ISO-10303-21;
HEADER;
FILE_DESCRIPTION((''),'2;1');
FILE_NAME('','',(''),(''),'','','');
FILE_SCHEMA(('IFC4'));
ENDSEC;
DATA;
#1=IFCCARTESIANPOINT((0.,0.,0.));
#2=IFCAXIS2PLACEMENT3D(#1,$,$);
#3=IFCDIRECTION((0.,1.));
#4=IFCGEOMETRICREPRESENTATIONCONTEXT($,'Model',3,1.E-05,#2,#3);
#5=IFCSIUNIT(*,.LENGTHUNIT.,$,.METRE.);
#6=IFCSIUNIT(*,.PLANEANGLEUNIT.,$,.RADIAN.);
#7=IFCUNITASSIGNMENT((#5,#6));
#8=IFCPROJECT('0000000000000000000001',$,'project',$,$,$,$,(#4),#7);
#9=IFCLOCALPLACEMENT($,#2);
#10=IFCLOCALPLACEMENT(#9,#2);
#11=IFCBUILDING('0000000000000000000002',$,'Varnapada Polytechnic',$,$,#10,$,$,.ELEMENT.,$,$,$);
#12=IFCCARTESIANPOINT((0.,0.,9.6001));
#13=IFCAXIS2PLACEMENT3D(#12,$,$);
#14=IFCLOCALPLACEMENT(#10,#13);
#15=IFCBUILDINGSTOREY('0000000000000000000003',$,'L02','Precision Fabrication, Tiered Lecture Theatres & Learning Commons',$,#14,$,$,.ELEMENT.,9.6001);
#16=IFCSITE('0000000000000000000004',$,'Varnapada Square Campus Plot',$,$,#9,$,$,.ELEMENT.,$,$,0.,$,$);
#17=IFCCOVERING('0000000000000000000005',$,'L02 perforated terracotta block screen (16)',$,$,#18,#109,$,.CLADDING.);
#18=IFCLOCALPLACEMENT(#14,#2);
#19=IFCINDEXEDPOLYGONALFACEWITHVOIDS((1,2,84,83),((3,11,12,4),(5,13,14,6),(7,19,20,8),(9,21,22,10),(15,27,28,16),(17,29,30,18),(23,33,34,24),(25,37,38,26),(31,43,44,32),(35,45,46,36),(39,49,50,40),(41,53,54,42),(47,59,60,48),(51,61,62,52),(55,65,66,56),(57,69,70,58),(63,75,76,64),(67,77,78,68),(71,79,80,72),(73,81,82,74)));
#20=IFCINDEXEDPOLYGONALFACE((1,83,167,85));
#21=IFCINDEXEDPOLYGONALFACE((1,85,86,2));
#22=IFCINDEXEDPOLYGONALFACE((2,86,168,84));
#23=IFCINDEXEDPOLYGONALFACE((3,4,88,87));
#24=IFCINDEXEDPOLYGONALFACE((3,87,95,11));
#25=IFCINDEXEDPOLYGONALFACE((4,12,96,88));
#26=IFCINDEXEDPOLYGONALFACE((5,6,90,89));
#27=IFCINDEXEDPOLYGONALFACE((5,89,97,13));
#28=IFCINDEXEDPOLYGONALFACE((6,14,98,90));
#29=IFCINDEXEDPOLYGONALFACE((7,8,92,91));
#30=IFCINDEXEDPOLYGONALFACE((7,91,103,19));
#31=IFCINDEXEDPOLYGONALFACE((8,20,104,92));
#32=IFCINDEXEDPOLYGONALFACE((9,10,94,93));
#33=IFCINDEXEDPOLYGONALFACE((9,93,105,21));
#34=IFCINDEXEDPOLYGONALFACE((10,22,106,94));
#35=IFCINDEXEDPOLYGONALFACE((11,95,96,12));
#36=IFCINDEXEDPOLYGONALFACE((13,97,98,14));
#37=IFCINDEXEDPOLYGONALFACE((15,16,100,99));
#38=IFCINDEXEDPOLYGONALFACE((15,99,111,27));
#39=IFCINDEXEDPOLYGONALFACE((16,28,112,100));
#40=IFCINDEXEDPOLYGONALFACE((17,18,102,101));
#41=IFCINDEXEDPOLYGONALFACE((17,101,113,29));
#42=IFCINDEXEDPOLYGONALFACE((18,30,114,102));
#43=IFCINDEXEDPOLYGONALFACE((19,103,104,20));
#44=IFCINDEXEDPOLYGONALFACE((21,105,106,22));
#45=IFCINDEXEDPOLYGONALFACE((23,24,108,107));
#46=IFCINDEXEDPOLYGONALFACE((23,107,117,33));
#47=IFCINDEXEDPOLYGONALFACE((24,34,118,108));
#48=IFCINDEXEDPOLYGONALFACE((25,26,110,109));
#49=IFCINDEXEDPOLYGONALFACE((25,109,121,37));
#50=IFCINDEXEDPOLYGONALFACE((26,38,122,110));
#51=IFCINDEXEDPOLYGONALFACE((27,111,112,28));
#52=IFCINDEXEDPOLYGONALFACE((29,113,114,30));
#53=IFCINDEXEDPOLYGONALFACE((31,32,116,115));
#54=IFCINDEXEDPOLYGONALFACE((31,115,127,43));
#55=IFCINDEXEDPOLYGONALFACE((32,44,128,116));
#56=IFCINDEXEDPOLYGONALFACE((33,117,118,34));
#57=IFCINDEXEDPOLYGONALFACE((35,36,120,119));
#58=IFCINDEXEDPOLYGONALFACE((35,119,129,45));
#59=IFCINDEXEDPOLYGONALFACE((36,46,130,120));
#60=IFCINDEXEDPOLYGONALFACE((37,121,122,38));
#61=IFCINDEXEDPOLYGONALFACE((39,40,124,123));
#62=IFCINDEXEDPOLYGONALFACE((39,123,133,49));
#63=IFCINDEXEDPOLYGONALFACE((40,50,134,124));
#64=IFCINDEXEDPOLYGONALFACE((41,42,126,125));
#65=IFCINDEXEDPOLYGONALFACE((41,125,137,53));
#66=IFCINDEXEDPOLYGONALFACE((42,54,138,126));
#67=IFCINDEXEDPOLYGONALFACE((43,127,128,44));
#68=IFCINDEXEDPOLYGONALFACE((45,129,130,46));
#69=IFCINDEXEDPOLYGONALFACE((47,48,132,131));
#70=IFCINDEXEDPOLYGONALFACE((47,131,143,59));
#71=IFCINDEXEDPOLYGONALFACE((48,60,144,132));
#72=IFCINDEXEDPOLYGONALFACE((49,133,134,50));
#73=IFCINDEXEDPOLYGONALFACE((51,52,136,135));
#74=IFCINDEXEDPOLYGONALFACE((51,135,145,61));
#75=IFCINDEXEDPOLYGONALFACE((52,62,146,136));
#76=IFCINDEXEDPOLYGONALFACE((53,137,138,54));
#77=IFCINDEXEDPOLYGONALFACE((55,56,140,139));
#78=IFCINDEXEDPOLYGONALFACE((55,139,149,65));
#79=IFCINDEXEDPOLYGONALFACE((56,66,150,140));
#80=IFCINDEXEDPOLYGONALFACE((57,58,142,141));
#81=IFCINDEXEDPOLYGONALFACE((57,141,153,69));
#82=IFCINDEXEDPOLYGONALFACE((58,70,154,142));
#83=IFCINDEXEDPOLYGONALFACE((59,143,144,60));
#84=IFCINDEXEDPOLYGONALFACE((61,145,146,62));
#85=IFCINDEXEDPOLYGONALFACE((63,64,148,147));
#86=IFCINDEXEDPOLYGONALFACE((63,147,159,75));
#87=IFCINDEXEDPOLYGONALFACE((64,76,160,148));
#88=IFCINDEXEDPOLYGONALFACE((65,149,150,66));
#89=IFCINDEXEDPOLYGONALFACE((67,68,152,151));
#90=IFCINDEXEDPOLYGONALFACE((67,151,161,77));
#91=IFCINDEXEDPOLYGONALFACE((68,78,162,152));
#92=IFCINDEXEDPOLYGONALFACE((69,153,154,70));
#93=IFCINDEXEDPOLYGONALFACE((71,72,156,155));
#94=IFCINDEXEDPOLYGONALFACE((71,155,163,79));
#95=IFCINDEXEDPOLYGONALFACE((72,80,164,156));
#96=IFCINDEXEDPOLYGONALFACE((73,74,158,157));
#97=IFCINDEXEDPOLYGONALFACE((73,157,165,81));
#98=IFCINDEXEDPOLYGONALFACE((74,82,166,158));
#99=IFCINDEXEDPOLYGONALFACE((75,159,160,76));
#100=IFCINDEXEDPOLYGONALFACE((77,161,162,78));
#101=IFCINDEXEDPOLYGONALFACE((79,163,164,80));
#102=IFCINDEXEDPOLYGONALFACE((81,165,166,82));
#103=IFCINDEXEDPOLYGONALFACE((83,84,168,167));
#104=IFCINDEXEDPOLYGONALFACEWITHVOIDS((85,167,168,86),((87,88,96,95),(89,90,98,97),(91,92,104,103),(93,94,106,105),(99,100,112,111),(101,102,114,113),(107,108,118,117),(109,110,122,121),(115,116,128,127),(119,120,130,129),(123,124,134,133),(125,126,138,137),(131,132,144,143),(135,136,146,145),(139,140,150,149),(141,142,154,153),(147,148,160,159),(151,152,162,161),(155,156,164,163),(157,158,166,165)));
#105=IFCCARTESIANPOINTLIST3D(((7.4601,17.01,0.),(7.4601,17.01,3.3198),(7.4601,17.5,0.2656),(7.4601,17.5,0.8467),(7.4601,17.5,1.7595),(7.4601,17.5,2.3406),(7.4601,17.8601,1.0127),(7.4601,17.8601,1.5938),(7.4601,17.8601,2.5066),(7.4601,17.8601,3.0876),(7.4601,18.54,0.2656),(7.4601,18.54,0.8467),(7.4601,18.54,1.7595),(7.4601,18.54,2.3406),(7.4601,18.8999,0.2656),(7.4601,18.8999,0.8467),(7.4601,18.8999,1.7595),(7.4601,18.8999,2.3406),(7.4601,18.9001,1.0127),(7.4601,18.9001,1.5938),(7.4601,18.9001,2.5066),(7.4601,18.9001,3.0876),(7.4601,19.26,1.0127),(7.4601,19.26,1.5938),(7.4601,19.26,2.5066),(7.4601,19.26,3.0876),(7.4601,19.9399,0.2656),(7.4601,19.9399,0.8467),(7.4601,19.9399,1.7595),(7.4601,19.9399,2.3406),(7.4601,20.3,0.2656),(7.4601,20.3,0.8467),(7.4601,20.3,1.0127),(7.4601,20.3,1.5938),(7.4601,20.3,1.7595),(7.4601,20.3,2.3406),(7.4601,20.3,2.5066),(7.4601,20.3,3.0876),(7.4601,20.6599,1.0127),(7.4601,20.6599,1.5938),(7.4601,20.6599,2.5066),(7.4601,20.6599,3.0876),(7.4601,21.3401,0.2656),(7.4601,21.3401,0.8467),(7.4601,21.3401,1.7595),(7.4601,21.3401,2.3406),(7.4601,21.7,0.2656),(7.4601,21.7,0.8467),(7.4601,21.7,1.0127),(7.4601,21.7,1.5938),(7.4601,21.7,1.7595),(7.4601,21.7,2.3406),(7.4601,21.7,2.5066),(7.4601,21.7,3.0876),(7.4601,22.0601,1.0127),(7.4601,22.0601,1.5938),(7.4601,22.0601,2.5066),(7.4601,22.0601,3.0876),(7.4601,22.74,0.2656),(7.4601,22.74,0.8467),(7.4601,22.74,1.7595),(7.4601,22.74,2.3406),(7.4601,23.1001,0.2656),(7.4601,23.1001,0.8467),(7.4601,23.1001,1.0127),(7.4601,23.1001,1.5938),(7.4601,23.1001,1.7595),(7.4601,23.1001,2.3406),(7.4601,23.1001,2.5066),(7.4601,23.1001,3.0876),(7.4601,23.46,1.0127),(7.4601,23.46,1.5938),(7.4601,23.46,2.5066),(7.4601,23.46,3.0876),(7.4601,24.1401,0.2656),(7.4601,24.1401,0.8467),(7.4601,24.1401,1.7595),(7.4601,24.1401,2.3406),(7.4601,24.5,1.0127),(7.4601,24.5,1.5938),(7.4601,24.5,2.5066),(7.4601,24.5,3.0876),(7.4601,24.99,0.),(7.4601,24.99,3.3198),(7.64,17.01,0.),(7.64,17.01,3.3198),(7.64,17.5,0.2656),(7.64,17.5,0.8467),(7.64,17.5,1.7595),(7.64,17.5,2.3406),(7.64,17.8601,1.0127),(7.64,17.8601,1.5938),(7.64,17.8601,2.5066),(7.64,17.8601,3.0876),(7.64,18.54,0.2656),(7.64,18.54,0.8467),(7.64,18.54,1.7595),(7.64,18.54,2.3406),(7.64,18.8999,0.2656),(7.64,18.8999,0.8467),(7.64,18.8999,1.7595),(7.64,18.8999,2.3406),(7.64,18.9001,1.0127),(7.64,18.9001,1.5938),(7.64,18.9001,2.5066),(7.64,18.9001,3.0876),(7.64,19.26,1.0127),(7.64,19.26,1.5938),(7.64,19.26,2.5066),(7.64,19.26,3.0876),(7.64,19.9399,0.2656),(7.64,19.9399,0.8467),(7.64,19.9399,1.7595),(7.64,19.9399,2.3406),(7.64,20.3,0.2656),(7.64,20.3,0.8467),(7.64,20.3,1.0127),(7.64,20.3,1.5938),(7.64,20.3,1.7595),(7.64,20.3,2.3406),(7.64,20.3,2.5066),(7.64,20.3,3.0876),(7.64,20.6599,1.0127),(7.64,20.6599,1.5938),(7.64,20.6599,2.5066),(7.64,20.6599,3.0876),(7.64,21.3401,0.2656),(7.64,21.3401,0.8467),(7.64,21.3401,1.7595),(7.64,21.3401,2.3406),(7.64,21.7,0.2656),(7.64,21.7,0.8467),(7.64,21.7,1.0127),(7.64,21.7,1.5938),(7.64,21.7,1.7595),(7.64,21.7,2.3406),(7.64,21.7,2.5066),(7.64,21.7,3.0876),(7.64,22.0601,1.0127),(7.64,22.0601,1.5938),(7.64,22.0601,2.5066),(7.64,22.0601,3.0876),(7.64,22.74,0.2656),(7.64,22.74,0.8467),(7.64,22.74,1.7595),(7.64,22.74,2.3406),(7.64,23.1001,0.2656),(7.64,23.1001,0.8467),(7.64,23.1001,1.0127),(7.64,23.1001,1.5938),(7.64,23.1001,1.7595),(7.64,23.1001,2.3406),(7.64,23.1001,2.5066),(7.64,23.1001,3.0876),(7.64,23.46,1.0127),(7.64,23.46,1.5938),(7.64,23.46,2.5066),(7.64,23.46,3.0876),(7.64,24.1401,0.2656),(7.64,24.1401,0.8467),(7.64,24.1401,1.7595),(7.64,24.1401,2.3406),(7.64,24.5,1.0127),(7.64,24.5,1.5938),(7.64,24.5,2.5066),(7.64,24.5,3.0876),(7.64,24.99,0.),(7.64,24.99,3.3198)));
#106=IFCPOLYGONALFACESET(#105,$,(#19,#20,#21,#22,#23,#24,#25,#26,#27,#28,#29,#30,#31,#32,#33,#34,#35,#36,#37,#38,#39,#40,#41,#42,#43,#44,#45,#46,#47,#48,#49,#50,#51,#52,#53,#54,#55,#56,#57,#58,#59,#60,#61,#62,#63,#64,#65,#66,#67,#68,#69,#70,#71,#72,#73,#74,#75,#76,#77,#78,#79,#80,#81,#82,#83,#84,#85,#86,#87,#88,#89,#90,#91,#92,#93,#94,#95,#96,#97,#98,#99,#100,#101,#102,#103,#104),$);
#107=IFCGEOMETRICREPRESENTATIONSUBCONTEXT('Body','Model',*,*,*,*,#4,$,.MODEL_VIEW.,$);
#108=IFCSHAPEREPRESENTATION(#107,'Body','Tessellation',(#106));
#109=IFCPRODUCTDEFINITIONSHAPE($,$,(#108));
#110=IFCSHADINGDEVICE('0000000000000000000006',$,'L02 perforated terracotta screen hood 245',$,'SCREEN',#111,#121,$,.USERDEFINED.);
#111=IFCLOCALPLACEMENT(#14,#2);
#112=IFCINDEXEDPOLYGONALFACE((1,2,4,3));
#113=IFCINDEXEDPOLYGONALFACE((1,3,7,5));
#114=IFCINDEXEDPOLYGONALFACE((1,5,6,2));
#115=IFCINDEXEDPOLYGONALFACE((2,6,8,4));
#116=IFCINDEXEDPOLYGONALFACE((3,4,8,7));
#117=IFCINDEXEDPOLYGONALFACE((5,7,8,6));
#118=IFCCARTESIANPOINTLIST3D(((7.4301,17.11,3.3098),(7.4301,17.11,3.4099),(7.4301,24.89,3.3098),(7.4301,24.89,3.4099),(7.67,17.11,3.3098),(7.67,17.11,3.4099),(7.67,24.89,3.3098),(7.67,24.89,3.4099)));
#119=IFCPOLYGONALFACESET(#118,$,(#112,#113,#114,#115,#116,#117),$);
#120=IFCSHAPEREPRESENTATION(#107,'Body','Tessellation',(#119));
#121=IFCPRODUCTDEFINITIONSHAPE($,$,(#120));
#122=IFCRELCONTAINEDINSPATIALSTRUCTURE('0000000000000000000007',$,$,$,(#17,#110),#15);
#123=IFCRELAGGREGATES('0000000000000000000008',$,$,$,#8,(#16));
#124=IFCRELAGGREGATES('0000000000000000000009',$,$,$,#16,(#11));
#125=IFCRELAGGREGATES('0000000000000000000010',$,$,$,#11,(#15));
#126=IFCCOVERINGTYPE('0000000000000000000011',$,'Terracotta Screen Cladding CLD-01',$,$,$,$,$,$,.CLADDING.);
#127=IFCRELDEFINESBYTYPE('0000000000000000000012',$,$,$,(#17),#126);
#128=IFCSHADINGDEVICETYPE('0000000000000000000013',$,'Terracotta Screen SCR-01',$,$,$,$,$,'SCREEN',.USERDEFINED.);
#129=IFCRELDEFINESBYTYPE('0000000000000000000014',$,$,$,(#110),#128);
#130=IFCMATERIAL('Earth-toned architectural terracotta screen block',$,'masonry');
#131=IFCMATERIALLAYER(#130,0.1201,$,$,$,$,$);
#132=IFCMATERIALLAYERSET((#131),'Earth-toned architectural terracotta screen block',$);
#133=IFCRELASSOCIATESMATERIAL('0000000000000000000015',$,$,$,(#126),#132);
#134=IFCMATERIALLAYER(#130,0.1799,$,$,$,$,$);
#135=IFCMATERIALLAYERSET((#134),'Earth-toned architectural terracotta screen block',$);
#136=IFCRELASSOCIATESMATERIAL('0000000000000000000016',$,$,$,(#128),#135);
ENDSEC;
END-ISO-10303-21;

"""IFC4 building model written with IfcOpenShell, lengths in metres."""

from ifc_helpers import new_model, si_unit, direction, frame, frame_2d, origin, origin_2d, place, context, subcontext, project, spatial, rectangle, extrude, material, layer, layer_set, type_object, element, save


model = new_model("IFC4")

# Units and contexts
model_context = context("Model", 3, precision=1e-05, world=origin(), true_north=direction((0.0, 1.0)))
body_context = subcontext(model_context, "Body", "Model", "MODEL_VIEW")
ifc_project = project(units=[si_unit("LENGTHUNIT", "METRE"), si_unit("PLANEANGLEUNIT", "RADIAN")], contexts=[model_context])

# Site, building, storey
site_placement = place(None, origin())
site = spatial("IfcSite", under=ifc_project, at=site_placement, Name="Varnapada Square Campus Plot", CompositionType="ELEMENT", RefElevation=0.0)
building_placement = place(site_placement, origin())
building = spatial("IfcBuilding", under=site, at=building_placement, Name="Varnapada Polytechnic", CompositionType="ELEMENT")
storey_placement = place(building_placement, frame((0.0, 0.0, 9.6001)))
storey = spatial("IfcBuildingStorey", under=building, at=storey_placement, Name="L02", Description="Precision Fabrication, Tiered Lecture Theatres & Learning Commons", CompositionType="ELEMENT", Elevation=9.6001)

# Covering, openings
ifc_material_1 = material(Name="Earth-toned architectural terracotta screen block", Category="masonry")
ifc_layer_1 = layer(ifc_material_1, 0.1201)
ifc_layer_set_1 = layer_set([ifc_layer_1], Name="Earth-toned architectural terracotta screen block")
covering_type = type_object("IfcCoveringType", Name="Terracotta Screen Cladding CLD-01", PredefinedType="CLADDING", material=ifc_layer_set_1)
covering_placement = place(storey_placement, frame((7.55, 17.01, 0.0), z_axis=(0.0, 0.0, 1.0), x_axis=(0.0, 1.0, 0.0)))
covering = element("IfcCovering", 1, at=covering_placement, inside=storey, type_object=covering_type, Name="L02 perforated terracotta block screen (16)", PredefinedType="CLADDING", context=body_context, shape_type="SweptSolid", body=[
    extrude(rectangle(XDim=7.98, YDim=0.1799, at=frame_2d((3.99, 0.0))), origin(), (0.0, 0.0, 1.0), 3.3198),
])
opening_1_placement = place(covering_placement, frame((0.49, 0.0, 0.2656)))
element("IfcOpeningElement", 2, at=opening_1_placement, cuts=covering, PredefinedType="OPENING", context=body_context, shape_type="SweptSolid", body=[
    extrude(rectangle(XDim=1.04, YDim=0.5811, at=frame_2d((0.52, 0.2905))), frame((0.0, 0.0999, 0.0), z_axis=(0.0, -1.0, 0.0), x_axis=(1.0, 0.0, 0.0)), (0.0, 0.0, 1.0), 0.2),
])
opening_2_placement = place(covering_placement, frame((1.8899, 0.0, 0.2656)))
element("IfcOpeningElement", 3, at=opening_2_placement, cuts=covering, PredefinedType="OPENING", context=body_context, shape_type="SweptSolid", body=[
    extrude(rectangle(XDim=1.04, YDim=0.5811, at=frame_2d((0.52, 0.2905))), frame((0.0, 0.0999, 0.0), z_axis=(0.0, -1.0, 0.0), x_axis=(1.0, 0.0, 0.0)), (0.0, 0.0, 1.0), 0.2),
])
opening_3_placement = place(covering_placement, frame((3.29, 0.0, 0.2656)))
element("IfcOpeningElement", 4, at=opening_3_placement, cuts=covering, PredefinedType="OPENING", context=body_context, shape_type="SweptSolid", body=[
    extrude(rectangle(XDim=1.04, YDim=0.5811, at=frame_2d((0.52, 0.2905))), frame((0.0, 0.0999, 0.0), z_axis=(0.0, -1.0, 0.0), x_axis=(1.0, 0.0, 0.0)), (0.0, 0.0, 1.0), 0.2),
])
opening_4_placement = place(covering_placement, frame((4.6899, 0.0, 0.2656)))
element("IfcOpeningElement", 5, at=opening_4_placement, cuts=covering, PredefinedType="OPENING", context=body_context, shape_type="SweptSolid", body=[
    extrude(rectangle(XDim=1.04, YDim=0.5811, at=frame_2d((0.52, 0.2905))), frame((0.0, 0.0999, 0.0), z_axis=(0.0, -1.0, 0.0), x_axis=(1.0, 0.0, 0.0)), (0.0, 0.0, 1.0), 0.2),
])
opening_5_placement = place(covering_placement, frame((6.0901, 0.0, 0.2656)))
element("IfcOpeningElement", 6, at=opening_5_placement, cuts=covering, PredefinedType="OPENING", context=body_context, shape_type="SweptSolid", body=[
    extrude(rectangle(XDim=1.04, YDim=0.5811, at=frame_2d((0.52, 0.2905))), frame((0.0, 0.0999, 0.0), z_axis=(0.0, -1.0, 0.0), x_axis=(1.0, 0.0, 0.0)), (0.0, 0.0, 1.0), 0.2),
])
opening_6_placement = place(covering_placement, frame((0.8501, 0.0, 1.0127)))
element("IfcOpeningElement", 7, at=opening_6_placement, cuts=covering, PredefinedType="OPENING", context=body_context, shape_type="SweptSolid", body=[
    extrude(rectangle(XDim=1.04, YDim=0.5811, at=frame_2d((0.52, 0.2905))), frame((0.0, 0.0999, 0.0), z_axis=(0.0, -1.0, 0.0), x_axis=(1.0, 0.0, 0.0)), (0.0, 0.0, 1.0), 0.2),
])
opening_7_placement = place(covering_placement, frame((2.25, 0.0, 1.0127)))
element("IfcOpeningElement", 8, at=opening_7_placement, cuts=covering, PredefinedType="OPENING", context=body_context, shape_type="SweptSolid", body=[
    extrude(rectangle(XDim=1.04, YDim=0.5811, at=frame_2d((0.52, 0.2905))), frame((0.0, 0.0999, 0.0), z_axis=(0.0, -1.0, 0.0), x_axis=(1.0, 0.0, 0.0)), (0.0, 0.0, 1.0), 0.2),
])
opening_8_placement = place(covering_placement, frame((3.6499, 0.0, 1.0127)))
element("IfcOpeningElement", 9, at=opening_8_placement, cuts=covering, PredefinedType="OPENING", context=body_context, shape_type="SweptSolid", body=[
    extrude(rectangle(XDim=1.04, YDim=0.5811, at=frame_2d((0.52, 0.2905))), frame((0.0, 0.0999, 0.0), z_axis=(0.0, -1.0, 0.0), x_axis=(1.0, 0.0, 0.0)), (0.0, 0.0, 1.0), 0.2),
])
opening_9_placement = place(covering_placement, frame((5.05, 0.0, 1.0127)))
element("IfcOpeningElement", 10, at=opening_9_placement, cuts=covering, PredefinedType="OPENING", context=body_context, shape_type="SweptSolid", body=[
    extrude(rectangle(XDim=1.04, YDim=0.5811, at=frame_2d((0.52, 0.2905))), frame((0.0, 0.0999, 0.0), z_axis=(0.0, -1.0, 0.0), x_axis=(1.0, 0.0, 0.0)), (0.0, 0.0, 1.0), 0.2),
])
opening_10_placement = place(covering_placement, frame((6.45, 0.0, 1.0127)))
element("IfcOpeningElement", 11, at=opening_10_placement, cuts=covering, PredefinedType="OPENING", context=body_context, shape_type="SweptSolid", body=[
    extrude(rectangle(XDim=1.04, YDim=0.5811, at=frame_2d((0.52, 0.2905))), frame((0.0, 0.0999, 0.0), z_axis=(0.0, -1.0, 0.0), x_axis=(1.0, 0.0, 0.0)), (0.0, 0.0, 1.0), 0.2),
])
opening_11_placement = place(covering_placement, frame((0.49, 0.0, 1.7595)))
element("IfcOpeningElement", 12, at=opening_11_placement, cuts=covering, PredefinedType="OPENING", context=body_context, shape_type="SweptSolid", body=[
    extrude(rectangle(XDim=1.04, YDim=0.5811, at=frame_2d((0.52, 0.2905))), frame((0.0, 0.0999, 0.0), z_axis=(0.0, -1.0, 0.0), x_axis=(1.0, 0.0, 0.0)), (0.0, 0.0, 1.0), 0.2),
])
opening_12_placement = place(covering_placement, frame((1.8899, 0.0, 1.7595)))
element("IfcOpeningElement", 13, at=opening_12_placement, cuts=covering, PredefinedType="OPENING", context=body_context, shape_type="SweptSolid", body=[
    extrude(rectangle(XDim=1.04, YDim=0.5811, at=frame_2d((0.52, 0.2905))), frame((0.0, 0.0999, 0.0), z_axis=(0.0, -1.0, 0.0), x_axis=(1.0, 0.0, 0.0)), (0.0, 0.0, 1.0), 0.2),
])
opening_13_placement = place(covering_placement, frame((3.29, 0.0, 1.7595)))
element("IfcOpeningElement", 14, at=opening_13_placement, cuts=covering, PredefinedType="OPENING", context=body_context, shape_type="SweptSolid", body=[
    extrude(rectangle(XDim=1.04, YDim=0.5811, at=frame_2d((0.52, 0.2905))), frame((0.0, 0.0999, 0.0), z_axis=(0.0, -1.0, 0.0), x_axis=(1.0, 0.0, 0.0)), (0.0, 0.0, 1.0), 0.2),
])
opening_14_placement = place(covering_placement, frame((4.6899, 0.0, 1.7595)))
element("IfcOpeningElement", 15, at=opening_14_placement, cuts=covering, PredefinedType="OPENING", context=body_context, shape_type="SweptSolid", body=[
    extrude(rectangle(XDim=1.04, YDim=0.5811, at=frame_2d((0.52, 0.2905))), frame((0.0, 0.0999, 0.0), z_axis=(0.0, -1.0, 0.0), x_axis=(1.0, 0.0, 0.0)), (0.0, 0.0, 1.0), 0.2),
])
opening_15_placement = place(covering_placement, frame((6.0901, 0.0, 1.7595)))
element("IfcOpeningElement", 16, at=opening_15_placement, cuts=covering, PredefinedType="OPENING", context=body_context, shape_type="SweptSolid", body=[
    extrude(rectangle(XDim=1.04, YDim=0.5811, at=frame_2d((0.52, 0.2905))), frame((0.0, 0.0999, 0.0), z_axis=(0.0, -1.0, 0.0), x_axis=(1.0, 0.0, 0.0)), (0.0, 0.0, 1.0), 0.2),
])
opening_16_placement = place(covering_placement, frame((0.8501, 0.0, 2.5066)))
element("IfcOpeningElement", 17, at=opening_16_placement, cuts=covering, PredefinedType="OPENING", context=body_context, shape_type="SweptSolid", body=[
    extrude(rectangle(XDim=1.04, YDim=0.5811, at=frame_2d((0.52, 0.2905))), frame((0.0, 0.0999, 0.0), z_axis=(0.0, -1.0, 0.0), x_axis=(1.0, 0.0, 0.0)), (0.0, 0.0, 1.0), 0.2),
])
opening_17_placement = place(covering_placement, frame((2.25, 0.0, 2.5066)))
element("IfcOpeningElement", 18, at=opening_17_placement, cuts=covering, PredefinedType="OPENING", context=body_context, shape_type="SweptSolid", body=[
    extrude(rectangle(XDim=1.04, YDim=0.5811, at=frame_2d((0.52, 0.2905))), frame((0.0, 0.0999, 0.0), z_axis=(0.0, -1.0, 0.0), x_axis=(1.0, 0.0, 0.0)), (0.0, 0.0, 1.0), 0.2),
])
opening_18_placement = place(covering_placement, frame((3.6499, 0.0, 2.5066)))
element("IfcOpeningElement", 19, at=opening_18_placement, cuts=covering, PredefinedType="OPENING", context=body_context, shape_type="SweptSolid", body=[
    extrude(rectangle(XDim=1.04, YDim=0.5811, at=frame_2d((0.52, 0.2905))), frame((0.0, 0.0999, 0.0), z_axis=(0.0, -1.0, 0.0), x_axis=(1.0, 0.0, 0.0)), (0.0, 0.0, 1.0), 0.2),
])
opening_19_placement = place(covering_placement, frame((5.05, 0.0, 2.5066)))
element("IfcOpeningElement", 20, at=opening_19_placement, cuts=covering, PredefinedType="OPENING", context=body_context, shape_type="SweptSolid", body=[
    extrude(rectangle(XDim=1.04, YDim=0.5811, at=frame_2d((0.52, 0.2905))), frame((0.0, 0.0999, 0.0), z_axis=(0.0, -1.0, 0.0), x_axis=(1.0, 0.0, 0.0)), (0.0, 0.0, 1.0), 0.2),
])
opening_20_placement = place(covering_placement, frame((6.45, 0.0, 2.5066)))
element("IfcOpeningElement", 21, at=opening_20_placement, cuts=covering, PredefinedType="OPENING", context=body_context, shape_type="SweptSolid", body=[
    extrude(rectangle(XDim=1.04, YDim=0.5811, at=frame_2d((0.52, 0.2905))), frame((0.0, 0.0999, 0.0), z_axis=(0.0, -1.0, 0.0), x_axis=(1.0, 0.0, 0.0)), (0.0, 0.0, 1.0), 0.2),
])

# Shading device
ifc_layer_2 = layer(ifc_material_1, 0.1799)
ifc_layer_set_2 = layer_set([ifc_layer_2], Name="Earth-toned architectural terracotta screen block")
shading_device_type = type_object("IfcShadingDeviceType", Name="Terracotta Screen SCR-01", ElementType="SCREEN", PredefinedType="USERDEFINED", material=ifc_layer_set_2)
shading_device_placement = place(storey_placement, frame((7.55, 21.0, 3.3098), z_axis=(0.0, 0.0, 1.0), x_axis=(0.0, 1.0, 0.0)))
element("IfcShadingDevice", 22, at=shading_device_placement, inside=storey, type_object=shading_device_type, Name="L02 perforated terracotta screen hood 245", ObjectType="SCREEN", PredefinedType="USERDEFINED", context=body_context, shape_type="SweptSolid", body=[
    extrude(rectangle(XDim=7.78, YDim=0.24, at=origin_2d()), origin(), (0.0, 0.0, 1.0), 0.1001),
])

save(model, "model.ifc")
